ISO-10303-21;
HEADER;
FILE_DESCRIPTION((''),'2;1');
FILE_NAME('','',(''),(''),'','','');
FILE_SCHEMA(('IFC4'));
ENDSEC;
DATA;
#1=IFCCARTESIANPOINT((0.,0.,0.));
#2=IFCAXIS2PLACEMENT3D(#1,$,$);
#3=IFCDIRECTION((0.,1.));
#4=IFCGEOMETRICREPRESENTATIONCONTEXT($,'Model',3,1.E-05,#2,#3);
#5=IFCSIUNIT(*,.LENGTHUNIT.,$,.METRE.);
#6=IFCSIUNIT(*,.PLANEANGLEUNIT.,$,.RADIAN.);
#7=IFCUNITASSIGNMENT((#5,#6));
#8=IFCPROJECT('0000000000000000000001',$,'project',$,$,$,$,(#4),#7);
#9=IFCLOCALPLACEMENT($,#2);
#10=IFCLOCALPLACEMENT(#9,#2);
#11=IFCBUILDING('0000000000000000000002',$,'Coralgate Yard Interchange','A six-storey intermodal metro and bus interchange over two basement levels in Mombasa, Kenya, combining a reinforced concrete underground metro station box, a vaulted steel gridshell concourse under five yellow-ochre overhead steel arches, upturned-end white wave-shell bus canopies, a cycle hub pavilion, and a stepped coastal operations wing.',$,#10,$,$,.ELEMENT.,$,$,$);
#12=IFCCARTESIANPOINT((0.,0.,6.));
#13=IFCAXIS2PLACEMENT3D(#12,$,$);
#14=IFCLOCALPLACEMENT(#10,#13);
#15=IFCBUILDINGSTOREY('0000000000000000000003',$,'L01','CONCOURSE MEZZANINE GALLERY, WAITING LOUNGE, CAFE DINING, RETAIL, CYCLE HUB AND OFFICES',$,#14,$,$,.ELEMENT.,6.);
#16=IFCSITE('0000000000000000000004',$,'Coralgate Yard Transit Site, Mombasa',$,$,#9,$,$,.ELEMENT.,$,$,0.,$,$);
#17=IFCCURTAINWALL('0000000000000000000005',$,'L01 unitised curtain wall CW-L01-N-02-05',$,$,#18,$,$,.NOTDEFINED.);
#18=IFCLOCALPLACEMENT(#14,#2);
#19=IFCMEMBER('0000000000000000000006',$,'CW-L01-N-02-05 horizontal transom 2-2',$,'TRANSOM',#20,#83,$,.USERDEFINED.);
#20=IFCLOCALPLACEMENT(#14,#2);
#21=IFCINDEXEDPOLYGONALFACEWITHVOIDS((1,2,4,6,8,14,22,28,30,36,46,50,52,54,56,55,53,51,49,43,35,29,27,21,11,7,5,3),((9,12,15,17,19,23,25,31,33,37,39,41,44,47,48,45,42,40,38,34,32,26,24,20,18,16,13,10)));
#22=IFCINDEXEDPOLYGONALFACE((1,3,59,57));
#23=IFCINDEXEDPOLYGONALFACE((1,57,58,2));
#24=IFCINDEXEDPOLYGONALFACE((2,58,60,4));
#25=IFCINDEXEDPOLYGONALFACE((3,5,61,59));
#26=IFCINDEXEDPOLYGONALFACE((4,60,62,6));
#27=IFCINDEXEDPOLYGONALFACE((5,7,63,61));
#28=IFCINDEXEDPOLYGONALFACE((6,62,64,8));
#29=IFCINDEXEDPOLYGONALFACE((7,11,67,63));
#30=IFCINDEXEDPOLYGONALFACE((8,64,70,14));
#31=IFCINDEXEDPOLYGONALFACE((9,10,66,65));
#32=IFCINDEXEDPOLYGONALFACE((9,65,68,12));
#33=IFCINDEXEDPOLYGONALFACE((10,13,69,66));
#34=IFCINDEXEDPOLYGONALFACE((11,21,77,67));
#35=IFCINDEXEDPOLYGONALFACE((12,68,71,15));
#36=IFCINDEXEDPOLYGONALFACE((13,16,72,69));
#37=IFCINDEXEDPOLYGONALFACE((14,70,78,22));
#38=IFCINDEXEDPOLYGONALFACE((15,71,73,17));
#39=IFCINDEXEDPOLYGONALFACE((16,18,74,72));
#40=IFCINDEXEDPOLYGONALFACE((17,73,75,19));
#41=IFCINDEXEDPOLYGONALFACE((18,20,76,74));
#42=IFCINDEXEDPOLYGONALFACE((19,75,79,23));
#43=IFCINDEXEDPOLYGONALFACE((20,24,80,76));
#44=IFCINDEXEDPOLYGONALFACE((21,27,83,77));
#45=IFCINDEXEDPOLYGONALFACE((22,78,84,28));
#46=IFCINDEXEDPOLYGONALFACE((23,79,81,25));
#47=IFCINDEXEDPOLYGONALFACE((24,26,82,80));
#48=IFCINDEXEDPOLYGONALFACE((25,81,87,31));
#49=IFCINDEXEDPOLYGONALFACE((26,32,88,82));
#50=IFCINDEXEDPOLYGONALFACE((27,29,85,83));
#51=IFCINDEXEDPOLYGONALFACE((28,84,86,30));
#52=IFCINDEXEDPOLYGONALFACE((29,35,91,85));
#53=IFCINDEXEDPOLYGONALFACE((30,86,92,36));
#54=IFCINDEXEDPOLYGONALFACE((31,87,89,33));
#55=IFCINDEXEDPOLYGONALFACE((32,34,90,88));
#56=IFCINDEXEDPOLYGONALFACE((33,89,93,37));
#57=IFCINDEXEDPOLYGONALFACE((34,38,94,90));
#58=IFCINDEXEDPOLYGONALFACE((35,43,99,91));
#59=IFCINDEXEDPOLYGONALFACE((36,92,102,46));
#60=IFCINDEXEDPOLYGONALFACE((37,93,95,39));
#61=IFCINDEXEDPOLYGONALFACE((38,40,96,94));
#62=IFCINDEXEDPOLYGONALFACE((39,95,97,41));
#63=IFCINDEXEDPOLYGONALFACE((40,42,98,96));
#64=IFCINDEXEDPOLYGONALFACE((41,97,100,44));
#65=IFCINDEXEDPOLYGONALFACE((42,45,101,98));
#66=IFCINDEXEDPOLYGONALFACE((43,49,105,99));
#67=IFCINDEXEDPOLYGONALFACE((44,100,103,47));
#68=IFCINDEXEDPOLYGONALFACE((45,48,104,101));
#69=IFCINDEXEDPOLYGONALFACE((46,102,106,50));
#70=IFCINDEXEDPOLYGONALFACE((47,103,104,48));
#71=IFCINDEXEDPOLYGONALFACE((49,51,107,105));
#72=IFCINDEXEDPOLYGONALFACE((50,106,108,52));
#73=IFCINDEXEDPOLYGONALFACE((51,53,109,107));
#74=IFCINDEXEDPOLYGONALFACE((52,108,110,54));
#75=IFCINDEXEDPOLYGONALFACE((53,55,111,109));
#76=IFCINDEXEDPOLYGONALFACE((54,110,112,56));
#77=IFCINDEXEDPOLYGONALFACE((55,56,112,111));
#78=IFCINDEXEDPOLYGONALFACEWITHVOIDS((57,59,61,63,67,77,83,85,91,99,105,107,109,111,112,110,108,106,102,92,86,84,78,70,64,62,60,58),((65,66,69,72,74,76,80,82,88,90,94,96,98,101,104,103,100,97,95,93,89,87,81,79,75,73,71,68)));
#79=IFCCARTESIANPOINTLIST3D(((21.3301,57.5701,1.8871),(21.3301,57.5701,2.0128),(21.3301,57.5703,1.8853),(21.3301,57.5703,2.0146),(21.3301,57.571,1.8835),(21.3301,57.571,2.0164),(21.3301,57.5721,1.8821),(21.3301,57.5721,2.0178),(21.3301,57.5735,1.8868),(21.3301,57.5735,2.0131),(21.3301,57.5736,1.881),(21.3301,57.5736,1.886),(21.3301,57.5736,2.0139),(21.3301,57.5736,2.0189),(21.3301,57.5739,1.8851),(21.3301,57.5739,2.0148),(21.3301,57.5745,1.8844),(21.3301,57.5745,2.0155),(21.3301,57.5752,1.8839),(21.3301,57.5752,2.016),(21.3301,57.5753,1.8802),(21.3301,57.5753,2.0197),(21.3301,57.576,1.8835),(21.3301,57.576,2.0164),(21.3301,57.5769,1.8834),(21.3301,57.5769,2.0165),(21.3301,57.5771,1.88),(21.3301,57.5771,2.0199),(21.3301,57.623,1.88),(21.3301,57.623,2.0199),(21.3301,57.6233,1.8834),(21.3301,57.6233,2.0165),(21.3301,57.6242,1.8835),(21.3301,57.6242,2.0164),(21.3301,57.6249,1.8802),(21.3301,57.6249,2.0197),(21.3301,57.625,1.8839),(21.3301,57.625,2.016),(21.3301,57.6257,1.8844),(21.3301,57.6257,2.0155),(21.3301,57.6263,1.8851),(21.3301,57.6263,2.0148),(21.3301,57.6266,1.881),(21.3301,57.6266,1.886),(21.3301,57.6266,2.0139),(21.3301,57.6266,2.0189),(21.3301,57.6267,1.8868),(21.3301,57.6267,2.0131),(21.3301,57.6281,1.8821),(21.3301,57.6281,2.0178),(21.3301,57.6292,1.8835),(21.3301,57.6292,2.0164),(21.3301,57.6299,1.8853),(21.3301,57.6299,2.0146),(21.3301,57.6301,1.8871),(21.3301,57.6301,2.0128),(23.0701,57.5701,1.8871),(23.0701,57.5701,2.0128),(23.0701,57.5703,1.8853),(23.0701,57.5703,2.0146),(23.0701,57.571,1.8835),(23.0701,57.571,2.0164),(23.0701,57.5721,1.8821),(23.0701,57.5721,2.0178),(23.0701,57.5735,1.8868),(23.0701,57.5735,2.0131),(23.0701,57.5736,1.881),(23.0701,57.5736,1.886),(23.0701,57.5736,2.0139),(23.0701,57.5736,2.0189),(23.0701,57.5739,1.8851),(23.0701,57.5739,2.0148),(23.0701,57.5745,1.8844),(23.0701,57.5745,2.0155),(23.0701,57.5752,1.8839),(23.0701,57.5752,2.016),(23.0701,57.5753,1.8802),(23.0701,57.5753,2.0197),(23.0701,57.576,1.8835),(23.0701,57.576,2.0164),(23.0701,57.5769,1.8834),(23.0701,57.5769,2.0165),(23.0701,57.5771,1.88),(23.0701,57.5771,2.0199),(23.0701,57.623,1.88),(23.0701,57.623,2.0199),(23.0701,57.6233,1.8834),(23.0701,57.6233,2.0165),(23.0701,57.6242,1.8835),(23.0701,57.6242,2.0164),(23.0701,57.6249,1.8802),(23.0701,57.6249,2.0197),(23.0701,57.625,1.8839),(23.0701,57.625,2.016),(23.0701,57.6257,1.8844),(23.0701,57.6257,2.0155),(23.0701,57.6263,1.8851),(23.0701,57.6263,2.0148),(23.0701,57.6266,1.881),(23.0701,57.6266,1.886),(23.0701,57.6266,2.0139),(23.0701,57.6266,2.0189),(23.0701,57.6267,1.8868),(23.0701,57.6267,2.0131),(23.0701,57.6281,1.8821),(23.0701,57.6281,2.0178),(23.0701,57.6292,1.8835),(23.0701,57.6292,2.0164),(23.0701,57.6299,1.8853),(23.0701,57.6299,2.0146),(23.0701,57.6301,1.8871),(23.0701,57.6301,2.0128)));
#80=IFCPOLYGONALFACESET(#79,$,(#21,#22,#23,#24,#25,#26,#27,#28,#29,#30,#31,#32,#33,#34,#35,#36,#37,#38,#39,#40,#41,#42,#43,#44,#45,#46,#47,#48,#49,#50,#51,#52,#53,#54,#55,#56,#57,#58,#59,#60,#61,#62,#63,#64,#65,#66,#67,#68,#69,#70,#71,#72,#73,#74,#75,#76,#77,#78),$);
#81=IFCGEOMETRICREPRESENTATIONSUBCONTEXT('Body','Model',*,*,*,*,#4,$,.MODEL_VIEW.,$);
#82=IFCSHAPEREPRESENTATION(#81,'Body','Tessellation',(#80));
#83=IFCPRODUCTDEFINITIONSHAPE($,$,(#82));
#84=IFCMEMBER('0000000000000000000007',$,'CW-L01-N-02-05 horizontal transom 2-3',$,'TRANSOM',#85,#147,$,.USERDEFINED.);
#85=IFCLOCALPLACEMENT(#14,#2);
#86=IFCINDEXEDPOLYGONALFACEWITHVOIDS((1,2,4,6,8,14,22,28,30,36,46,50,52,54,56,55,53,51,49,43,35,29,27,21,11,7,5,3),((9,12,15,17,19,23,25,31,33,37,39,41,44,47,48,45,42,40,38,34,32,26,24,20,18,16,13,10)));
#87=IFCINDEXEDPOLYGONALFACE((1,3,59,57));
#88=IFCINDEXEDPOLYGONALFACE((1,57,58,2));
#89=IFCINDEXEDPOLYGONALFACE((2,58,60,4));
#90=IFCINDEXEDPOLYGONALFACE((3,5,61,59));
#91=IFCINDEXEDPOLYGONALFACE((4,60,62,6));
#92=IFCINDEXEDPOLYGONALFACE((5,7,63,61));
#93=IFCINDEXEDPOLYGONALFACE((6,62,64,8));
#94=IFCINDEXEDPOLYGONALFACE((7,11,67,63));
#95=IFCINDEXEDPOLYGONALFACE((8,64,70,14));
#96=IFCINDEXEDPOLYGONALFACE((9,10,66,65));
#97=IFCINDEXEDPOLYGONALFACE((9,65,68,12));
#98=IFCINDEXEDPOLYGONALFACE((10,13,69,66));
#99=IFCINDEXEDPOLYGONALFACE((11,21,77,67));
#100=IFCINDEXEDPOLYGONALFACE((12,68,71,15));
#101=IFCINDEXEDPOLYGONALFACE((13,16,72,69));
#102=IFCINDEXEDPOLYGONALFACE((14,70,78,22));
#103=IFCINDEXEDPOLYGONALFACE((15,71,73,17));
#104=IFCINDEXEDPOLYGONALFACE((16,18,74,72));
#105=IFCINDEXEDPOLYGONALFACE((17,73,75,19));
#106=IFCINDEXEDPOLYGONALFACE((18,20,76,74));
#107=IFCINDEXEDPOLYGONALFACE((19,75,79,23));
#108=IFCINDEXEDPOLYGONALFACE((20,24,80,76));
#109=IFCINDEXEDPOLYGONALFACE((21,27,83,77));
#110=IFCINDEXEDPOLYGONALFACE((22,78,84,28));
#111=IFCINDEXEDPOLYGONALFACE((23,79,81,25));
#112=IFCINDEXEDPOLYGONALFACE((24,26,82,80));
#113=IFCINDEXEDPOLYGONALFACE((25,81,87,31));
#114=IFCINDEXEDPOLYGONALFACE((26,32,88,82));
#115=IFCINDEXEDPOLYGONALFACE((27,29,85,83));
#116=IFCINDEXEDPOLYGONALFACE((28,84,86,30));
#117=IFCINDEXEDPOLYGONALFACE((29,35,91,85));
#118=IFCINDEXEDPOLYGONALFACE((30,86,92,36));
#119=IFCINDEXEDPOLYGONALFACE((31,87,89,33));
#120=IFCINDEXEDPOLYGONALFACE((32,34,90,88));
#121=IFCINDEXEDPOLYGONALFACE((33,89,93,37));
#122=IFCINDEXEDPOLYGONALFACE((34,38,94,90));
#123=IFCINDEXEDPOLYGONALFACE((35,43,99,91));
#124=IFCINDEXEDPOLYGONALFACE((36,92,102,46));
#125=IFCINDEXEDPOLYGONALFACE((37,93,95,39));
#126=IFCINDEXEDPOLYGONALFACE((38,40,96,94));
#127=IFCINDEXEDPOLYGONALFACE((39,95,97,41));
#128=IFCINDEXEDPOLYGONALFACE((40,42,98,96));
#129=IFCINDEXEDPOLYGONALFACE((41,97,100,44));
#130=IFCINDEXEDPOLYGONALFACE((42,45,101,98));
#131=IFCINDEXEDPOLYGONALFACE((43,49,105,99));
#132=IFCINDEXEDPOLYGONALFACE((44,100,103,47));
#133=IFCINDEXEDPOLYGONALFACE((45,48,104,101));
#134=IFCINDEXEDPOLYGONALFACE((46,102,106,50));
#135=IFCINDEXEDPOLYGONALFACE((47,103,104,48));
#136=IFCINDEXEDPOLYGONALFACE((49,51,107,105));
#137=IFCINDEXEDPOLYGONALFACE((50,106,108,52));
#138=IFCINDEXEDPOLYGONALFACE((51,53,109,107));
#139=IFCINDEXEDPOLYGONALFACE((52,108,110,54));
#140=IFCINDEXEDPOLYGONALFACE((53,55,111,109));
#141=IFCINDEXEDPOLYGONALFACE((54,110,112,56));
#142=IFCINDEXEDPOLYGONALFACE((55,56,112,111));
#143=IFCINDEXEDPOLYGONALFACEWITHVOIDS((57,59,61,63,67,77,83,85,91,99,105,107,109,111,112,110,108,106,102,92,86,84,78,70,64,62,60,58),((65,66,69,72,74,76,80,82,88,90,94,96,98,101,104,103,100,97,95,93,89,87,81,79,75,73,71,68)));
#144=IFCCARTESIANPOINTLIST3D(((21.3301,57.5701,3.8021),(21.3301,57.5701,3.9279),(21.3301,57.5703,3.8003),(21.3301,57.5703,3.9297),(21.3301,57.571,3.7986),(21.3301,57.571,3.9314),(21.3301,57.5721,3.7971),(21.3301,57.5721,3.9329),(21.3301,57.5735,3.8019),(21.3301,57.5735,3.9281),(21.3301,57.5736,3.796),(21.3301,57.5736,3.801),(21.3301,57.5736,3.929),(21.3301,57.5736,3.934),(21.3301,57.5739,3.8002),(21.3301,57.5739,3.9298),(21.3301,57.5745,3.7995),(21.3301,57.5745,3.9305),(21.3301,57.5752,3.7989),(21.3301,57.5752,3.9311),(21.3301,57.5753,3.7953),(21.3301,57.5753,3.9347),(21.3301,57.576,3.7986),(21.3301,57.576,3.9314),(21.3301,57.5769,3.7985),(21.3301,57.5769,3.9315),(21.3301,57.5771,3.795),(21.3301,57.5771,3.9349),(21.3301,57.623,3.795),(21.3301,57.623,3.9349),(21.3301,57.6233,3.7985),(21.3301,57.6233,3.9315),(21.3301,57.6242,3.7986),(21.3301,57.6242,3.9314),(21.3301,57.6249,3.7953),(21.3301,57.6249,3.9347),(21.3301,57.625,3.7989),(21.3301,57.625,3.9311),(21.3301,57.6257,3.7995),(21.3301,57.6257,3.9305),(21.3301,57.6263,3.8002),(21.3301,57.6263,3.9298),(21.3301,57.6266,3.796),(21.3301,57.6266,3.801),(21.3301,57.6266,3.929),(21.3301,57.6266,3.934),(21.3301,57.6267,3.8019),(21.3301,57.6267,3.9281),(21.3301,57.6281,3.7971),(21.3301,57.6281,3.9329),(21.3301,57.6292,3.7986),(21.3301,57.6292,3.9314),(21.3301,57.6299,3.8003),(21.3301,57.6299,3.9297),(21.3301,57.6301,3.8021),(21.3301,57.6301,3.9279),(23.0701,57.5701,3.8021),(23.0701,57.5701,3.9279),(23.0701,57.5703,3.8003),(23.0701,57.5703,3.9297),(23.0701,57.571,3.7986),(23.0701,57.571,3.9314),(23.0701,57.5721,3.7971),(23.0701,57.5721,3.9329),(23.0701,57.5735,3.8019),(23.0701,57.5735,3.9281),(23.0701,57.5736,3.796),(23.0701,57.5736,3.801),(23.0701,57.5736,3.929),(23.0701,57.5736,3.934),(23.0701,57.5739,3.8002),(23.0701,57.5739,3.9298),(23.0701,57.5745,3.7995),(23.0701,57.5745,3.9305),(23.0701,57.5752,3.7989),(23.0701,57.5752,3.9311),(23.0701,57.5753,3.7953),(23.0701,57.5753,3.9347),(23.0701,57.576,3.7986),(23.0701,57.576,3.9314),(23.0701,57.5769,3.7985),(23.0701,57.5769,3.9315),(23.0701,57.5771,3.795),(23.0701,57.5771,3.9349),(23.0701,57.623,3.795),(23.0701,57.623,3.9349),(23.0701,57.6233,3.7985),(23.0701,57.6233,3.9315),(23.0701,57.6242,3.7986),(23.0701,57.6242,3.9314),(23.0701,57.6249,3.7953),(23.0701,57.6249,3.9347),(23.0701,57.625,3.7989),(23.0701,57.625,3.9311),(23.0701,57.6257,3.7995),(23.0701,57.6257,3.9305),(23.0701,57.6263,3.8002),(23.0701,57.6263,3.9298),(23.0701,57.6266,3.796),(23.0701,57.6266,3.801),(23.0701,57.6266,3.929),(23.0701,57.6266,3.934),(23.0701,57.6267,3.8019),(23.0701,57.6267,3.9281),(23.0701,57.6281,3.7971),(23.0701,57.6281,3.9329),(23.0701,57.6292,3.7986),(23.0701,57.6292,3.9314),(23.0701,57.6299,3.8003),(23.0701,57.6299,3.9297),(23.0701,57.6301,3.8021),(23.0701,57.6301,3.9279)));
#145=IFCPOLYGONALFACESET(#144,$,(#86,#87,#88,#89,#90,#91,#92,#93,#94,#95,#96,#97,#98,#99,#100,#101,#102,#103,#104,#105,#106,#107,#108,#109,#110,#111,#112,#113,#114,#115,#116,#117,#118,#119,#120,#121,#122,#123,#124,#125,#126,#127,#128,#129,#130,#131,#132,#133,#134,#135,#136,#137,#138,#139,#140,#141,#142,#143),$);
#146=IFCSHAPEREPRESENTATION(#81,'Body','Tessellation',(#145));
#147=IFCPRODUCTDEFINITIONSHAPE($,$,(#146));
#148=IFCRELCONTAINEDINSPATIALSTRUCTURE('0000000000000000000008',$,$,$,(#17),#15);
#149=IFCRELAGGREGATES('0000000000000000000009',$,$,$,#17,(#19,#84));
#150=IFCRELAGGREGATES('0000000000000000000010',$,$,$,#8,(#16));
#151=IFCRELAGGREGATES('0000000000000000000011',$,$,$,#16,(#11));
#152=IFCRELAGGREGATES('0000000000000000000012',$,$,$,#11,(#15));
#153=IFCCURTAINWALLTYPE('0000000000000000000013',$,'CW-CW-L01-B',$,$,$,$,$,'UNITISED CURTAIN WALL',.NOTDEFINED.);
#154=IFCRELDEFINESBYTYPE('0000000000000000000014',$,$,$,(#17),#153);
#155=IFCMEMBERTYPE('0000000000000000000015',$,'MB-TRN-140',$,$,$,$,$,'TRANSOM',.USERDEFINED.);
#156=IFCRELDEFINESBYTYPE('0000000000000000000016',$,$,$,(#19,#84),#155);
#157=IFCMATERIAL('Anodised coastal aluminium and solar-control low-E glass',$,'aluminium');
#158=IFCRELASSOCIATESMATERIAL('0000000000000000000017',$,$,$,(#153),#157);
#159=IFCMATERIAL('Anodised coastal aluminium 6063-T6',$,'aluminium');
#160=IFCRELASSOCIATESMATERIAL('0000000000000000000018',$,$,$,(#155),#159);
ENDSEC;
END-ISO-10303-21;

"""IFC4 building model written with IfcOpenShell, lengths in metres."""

from ifc_helpers import new_model, si_unit, direction, frame, origin, origin_2d, place, context, subcontext, project, spatial, hollow_rectangle, extrude, material, material_profile, profile_set, type_object, element, aggregate, save


model = new_model("IFC4")

# Units and contexts
model_context = context("Model", 3, precision=1e-05, world=origin(), true_north=direction((0.0, 1.0)))
body_context = subcontext(model_context, "Body", "Model", "MODEL_VIEW")
ifc_project = project(units=[si_unit("LENGTHUNIT", "METRE"), si_unit("PLANEANGLEUNIT", "RADIAN")], contexts=[model_context])

# Site, building, storey
site_placement = place(None, origin())
site = spatial("IfcSite", under=ifc_project, at=site_placement, Name="Coralgate Yard Transit Site, Mombasa", CompositionType="ELEMENT", RefElevation=0.0)
building_placement = place(site_placement, origin())
building = spatial("IfcBuilding", under=site, at=building_placement, Name="Coralgate Yard Interchange", Description="A six-storey intermodal metro and bus interchange over two basement levels in Mombasa, Kenya, combining a reinforced concrete underground metro station box, a vaulted steel gridshell concourse under five yellow-ochre overhead steel arches, upturned-end white wave-shell bus canopies, a cycle hub pavilion, and a stepped coastal operations wing.", CompositionType="ELEMENT")
storey_placement = place(building_placement, frame((0.0, 0.0, 6.0)))
storey = spatial("IfcBuildingStorey", under=building, at=storey_placement, Name="L01", Description="CONCOURSE MEZZANINE GALLERY, WAITING LOUNGE, CAFE DINING, RETAIL, CYCLE HUB AND OFFICES", CompositionType="ELEMENT", Elevation=6.0)

# Curtain wall, members
ifc_material_1 = material(Name="Anodised coastal aluminium and solar-control low-E glass", Category="aluminium")
curtain_wall_type = type_object("IfcCurtainWallType", Name="CW-CW-L01-B", ElementType="UNITISED CURTAIN WALL", PredefinedType="NOTDEFINED", material=ifc_material_1)
curtain_wall_placement = place(storey_placement, origin())
curtain_wall = element("IfcCurtainWall", 1, at=curtain_wall_placement, inside=storey, type_object=curtain_wall_type, Name="L01 unitised curtain wall CW-L01-N-02-05", PredefinedType="NOTDEFINED")
ifc_material_2 = material(Name="Anodised coastal aluminium 6063-T6", Category="aluminium")
ifc_material_profile_1 = material_profile(ifc_material_2, hollow_rectangle(XDim=0.0601, YDim=0.1399, WallThickness=0.0034, InnerFilletRadius=0.0034, OuterFilletRadius=0.0071, at=origin_2d()), Name="ALU 60x140x3.5")
ifc_profile_set_1 = profile_set([ifc_material_profile_1], Name="Anodised coastal aluminium 6063-T6")
member_type_1 = type_object("IfcMemberType", Name="MB-TRN-140", ElementType="TRANSOM", PredefinedType="USERDEFINED", material=ifc_profile_set_1)
member_1_placement = place(storey_placement, frame((21.3301, 57.6001, 1.95), z_axis=(1.0, 0.0, 0.0), x_axis=(0.0, 1.0, 0.0)))
member_1 = element("IfcMember", 2, at=member_1_placement, type_object=member_type_1, Name="CW-L01-N-02-05 horizontal transom 2-2", ObjectType="TRANSOM", PredefinedType="USERDEFINED", context=body_context, shape_type="SweptSolid", body=[
    extrude(hollow_rectangle(XDim=0.0601, YDim=0.1399, WallThickness=0.0034, InnerFilletRadius=0.0034, OuterFilletRadius=0.0071, at=origin_2d()), origin(), (0.0, 0.0, 1.0), 1.74),
])
member_2_placement = place(storey_placement, frame((21.3301, 57.6001, 3.865), z_axis=(1.0, 0.0, 0.0), x_axis=(0.0, 1.0, 0.0)))
member_2 = element("IfcMember", 3, at=member_2_placement, type_object=member_type_1, Name="CW-L01-N-02-05 horizontal transom 2-3", ObjectType="TRANSOM", PredefinedType="USERDEFINED", context=body_context, shape_type="SweptSolid", body=[
    extrude(hollow_rectangle(XDim=0.0601, YDim=0.1399, WallThickness=0.0034, InnerFilletRadius=0.0034, OuterFilletRadius=0.0071, at=origin_2d()), origin(), (0.0, 0.0, 1.0), 1.74),
])
aggregate(curtain_wall, [member_1, member_2])

save(model, "model.ifc")
